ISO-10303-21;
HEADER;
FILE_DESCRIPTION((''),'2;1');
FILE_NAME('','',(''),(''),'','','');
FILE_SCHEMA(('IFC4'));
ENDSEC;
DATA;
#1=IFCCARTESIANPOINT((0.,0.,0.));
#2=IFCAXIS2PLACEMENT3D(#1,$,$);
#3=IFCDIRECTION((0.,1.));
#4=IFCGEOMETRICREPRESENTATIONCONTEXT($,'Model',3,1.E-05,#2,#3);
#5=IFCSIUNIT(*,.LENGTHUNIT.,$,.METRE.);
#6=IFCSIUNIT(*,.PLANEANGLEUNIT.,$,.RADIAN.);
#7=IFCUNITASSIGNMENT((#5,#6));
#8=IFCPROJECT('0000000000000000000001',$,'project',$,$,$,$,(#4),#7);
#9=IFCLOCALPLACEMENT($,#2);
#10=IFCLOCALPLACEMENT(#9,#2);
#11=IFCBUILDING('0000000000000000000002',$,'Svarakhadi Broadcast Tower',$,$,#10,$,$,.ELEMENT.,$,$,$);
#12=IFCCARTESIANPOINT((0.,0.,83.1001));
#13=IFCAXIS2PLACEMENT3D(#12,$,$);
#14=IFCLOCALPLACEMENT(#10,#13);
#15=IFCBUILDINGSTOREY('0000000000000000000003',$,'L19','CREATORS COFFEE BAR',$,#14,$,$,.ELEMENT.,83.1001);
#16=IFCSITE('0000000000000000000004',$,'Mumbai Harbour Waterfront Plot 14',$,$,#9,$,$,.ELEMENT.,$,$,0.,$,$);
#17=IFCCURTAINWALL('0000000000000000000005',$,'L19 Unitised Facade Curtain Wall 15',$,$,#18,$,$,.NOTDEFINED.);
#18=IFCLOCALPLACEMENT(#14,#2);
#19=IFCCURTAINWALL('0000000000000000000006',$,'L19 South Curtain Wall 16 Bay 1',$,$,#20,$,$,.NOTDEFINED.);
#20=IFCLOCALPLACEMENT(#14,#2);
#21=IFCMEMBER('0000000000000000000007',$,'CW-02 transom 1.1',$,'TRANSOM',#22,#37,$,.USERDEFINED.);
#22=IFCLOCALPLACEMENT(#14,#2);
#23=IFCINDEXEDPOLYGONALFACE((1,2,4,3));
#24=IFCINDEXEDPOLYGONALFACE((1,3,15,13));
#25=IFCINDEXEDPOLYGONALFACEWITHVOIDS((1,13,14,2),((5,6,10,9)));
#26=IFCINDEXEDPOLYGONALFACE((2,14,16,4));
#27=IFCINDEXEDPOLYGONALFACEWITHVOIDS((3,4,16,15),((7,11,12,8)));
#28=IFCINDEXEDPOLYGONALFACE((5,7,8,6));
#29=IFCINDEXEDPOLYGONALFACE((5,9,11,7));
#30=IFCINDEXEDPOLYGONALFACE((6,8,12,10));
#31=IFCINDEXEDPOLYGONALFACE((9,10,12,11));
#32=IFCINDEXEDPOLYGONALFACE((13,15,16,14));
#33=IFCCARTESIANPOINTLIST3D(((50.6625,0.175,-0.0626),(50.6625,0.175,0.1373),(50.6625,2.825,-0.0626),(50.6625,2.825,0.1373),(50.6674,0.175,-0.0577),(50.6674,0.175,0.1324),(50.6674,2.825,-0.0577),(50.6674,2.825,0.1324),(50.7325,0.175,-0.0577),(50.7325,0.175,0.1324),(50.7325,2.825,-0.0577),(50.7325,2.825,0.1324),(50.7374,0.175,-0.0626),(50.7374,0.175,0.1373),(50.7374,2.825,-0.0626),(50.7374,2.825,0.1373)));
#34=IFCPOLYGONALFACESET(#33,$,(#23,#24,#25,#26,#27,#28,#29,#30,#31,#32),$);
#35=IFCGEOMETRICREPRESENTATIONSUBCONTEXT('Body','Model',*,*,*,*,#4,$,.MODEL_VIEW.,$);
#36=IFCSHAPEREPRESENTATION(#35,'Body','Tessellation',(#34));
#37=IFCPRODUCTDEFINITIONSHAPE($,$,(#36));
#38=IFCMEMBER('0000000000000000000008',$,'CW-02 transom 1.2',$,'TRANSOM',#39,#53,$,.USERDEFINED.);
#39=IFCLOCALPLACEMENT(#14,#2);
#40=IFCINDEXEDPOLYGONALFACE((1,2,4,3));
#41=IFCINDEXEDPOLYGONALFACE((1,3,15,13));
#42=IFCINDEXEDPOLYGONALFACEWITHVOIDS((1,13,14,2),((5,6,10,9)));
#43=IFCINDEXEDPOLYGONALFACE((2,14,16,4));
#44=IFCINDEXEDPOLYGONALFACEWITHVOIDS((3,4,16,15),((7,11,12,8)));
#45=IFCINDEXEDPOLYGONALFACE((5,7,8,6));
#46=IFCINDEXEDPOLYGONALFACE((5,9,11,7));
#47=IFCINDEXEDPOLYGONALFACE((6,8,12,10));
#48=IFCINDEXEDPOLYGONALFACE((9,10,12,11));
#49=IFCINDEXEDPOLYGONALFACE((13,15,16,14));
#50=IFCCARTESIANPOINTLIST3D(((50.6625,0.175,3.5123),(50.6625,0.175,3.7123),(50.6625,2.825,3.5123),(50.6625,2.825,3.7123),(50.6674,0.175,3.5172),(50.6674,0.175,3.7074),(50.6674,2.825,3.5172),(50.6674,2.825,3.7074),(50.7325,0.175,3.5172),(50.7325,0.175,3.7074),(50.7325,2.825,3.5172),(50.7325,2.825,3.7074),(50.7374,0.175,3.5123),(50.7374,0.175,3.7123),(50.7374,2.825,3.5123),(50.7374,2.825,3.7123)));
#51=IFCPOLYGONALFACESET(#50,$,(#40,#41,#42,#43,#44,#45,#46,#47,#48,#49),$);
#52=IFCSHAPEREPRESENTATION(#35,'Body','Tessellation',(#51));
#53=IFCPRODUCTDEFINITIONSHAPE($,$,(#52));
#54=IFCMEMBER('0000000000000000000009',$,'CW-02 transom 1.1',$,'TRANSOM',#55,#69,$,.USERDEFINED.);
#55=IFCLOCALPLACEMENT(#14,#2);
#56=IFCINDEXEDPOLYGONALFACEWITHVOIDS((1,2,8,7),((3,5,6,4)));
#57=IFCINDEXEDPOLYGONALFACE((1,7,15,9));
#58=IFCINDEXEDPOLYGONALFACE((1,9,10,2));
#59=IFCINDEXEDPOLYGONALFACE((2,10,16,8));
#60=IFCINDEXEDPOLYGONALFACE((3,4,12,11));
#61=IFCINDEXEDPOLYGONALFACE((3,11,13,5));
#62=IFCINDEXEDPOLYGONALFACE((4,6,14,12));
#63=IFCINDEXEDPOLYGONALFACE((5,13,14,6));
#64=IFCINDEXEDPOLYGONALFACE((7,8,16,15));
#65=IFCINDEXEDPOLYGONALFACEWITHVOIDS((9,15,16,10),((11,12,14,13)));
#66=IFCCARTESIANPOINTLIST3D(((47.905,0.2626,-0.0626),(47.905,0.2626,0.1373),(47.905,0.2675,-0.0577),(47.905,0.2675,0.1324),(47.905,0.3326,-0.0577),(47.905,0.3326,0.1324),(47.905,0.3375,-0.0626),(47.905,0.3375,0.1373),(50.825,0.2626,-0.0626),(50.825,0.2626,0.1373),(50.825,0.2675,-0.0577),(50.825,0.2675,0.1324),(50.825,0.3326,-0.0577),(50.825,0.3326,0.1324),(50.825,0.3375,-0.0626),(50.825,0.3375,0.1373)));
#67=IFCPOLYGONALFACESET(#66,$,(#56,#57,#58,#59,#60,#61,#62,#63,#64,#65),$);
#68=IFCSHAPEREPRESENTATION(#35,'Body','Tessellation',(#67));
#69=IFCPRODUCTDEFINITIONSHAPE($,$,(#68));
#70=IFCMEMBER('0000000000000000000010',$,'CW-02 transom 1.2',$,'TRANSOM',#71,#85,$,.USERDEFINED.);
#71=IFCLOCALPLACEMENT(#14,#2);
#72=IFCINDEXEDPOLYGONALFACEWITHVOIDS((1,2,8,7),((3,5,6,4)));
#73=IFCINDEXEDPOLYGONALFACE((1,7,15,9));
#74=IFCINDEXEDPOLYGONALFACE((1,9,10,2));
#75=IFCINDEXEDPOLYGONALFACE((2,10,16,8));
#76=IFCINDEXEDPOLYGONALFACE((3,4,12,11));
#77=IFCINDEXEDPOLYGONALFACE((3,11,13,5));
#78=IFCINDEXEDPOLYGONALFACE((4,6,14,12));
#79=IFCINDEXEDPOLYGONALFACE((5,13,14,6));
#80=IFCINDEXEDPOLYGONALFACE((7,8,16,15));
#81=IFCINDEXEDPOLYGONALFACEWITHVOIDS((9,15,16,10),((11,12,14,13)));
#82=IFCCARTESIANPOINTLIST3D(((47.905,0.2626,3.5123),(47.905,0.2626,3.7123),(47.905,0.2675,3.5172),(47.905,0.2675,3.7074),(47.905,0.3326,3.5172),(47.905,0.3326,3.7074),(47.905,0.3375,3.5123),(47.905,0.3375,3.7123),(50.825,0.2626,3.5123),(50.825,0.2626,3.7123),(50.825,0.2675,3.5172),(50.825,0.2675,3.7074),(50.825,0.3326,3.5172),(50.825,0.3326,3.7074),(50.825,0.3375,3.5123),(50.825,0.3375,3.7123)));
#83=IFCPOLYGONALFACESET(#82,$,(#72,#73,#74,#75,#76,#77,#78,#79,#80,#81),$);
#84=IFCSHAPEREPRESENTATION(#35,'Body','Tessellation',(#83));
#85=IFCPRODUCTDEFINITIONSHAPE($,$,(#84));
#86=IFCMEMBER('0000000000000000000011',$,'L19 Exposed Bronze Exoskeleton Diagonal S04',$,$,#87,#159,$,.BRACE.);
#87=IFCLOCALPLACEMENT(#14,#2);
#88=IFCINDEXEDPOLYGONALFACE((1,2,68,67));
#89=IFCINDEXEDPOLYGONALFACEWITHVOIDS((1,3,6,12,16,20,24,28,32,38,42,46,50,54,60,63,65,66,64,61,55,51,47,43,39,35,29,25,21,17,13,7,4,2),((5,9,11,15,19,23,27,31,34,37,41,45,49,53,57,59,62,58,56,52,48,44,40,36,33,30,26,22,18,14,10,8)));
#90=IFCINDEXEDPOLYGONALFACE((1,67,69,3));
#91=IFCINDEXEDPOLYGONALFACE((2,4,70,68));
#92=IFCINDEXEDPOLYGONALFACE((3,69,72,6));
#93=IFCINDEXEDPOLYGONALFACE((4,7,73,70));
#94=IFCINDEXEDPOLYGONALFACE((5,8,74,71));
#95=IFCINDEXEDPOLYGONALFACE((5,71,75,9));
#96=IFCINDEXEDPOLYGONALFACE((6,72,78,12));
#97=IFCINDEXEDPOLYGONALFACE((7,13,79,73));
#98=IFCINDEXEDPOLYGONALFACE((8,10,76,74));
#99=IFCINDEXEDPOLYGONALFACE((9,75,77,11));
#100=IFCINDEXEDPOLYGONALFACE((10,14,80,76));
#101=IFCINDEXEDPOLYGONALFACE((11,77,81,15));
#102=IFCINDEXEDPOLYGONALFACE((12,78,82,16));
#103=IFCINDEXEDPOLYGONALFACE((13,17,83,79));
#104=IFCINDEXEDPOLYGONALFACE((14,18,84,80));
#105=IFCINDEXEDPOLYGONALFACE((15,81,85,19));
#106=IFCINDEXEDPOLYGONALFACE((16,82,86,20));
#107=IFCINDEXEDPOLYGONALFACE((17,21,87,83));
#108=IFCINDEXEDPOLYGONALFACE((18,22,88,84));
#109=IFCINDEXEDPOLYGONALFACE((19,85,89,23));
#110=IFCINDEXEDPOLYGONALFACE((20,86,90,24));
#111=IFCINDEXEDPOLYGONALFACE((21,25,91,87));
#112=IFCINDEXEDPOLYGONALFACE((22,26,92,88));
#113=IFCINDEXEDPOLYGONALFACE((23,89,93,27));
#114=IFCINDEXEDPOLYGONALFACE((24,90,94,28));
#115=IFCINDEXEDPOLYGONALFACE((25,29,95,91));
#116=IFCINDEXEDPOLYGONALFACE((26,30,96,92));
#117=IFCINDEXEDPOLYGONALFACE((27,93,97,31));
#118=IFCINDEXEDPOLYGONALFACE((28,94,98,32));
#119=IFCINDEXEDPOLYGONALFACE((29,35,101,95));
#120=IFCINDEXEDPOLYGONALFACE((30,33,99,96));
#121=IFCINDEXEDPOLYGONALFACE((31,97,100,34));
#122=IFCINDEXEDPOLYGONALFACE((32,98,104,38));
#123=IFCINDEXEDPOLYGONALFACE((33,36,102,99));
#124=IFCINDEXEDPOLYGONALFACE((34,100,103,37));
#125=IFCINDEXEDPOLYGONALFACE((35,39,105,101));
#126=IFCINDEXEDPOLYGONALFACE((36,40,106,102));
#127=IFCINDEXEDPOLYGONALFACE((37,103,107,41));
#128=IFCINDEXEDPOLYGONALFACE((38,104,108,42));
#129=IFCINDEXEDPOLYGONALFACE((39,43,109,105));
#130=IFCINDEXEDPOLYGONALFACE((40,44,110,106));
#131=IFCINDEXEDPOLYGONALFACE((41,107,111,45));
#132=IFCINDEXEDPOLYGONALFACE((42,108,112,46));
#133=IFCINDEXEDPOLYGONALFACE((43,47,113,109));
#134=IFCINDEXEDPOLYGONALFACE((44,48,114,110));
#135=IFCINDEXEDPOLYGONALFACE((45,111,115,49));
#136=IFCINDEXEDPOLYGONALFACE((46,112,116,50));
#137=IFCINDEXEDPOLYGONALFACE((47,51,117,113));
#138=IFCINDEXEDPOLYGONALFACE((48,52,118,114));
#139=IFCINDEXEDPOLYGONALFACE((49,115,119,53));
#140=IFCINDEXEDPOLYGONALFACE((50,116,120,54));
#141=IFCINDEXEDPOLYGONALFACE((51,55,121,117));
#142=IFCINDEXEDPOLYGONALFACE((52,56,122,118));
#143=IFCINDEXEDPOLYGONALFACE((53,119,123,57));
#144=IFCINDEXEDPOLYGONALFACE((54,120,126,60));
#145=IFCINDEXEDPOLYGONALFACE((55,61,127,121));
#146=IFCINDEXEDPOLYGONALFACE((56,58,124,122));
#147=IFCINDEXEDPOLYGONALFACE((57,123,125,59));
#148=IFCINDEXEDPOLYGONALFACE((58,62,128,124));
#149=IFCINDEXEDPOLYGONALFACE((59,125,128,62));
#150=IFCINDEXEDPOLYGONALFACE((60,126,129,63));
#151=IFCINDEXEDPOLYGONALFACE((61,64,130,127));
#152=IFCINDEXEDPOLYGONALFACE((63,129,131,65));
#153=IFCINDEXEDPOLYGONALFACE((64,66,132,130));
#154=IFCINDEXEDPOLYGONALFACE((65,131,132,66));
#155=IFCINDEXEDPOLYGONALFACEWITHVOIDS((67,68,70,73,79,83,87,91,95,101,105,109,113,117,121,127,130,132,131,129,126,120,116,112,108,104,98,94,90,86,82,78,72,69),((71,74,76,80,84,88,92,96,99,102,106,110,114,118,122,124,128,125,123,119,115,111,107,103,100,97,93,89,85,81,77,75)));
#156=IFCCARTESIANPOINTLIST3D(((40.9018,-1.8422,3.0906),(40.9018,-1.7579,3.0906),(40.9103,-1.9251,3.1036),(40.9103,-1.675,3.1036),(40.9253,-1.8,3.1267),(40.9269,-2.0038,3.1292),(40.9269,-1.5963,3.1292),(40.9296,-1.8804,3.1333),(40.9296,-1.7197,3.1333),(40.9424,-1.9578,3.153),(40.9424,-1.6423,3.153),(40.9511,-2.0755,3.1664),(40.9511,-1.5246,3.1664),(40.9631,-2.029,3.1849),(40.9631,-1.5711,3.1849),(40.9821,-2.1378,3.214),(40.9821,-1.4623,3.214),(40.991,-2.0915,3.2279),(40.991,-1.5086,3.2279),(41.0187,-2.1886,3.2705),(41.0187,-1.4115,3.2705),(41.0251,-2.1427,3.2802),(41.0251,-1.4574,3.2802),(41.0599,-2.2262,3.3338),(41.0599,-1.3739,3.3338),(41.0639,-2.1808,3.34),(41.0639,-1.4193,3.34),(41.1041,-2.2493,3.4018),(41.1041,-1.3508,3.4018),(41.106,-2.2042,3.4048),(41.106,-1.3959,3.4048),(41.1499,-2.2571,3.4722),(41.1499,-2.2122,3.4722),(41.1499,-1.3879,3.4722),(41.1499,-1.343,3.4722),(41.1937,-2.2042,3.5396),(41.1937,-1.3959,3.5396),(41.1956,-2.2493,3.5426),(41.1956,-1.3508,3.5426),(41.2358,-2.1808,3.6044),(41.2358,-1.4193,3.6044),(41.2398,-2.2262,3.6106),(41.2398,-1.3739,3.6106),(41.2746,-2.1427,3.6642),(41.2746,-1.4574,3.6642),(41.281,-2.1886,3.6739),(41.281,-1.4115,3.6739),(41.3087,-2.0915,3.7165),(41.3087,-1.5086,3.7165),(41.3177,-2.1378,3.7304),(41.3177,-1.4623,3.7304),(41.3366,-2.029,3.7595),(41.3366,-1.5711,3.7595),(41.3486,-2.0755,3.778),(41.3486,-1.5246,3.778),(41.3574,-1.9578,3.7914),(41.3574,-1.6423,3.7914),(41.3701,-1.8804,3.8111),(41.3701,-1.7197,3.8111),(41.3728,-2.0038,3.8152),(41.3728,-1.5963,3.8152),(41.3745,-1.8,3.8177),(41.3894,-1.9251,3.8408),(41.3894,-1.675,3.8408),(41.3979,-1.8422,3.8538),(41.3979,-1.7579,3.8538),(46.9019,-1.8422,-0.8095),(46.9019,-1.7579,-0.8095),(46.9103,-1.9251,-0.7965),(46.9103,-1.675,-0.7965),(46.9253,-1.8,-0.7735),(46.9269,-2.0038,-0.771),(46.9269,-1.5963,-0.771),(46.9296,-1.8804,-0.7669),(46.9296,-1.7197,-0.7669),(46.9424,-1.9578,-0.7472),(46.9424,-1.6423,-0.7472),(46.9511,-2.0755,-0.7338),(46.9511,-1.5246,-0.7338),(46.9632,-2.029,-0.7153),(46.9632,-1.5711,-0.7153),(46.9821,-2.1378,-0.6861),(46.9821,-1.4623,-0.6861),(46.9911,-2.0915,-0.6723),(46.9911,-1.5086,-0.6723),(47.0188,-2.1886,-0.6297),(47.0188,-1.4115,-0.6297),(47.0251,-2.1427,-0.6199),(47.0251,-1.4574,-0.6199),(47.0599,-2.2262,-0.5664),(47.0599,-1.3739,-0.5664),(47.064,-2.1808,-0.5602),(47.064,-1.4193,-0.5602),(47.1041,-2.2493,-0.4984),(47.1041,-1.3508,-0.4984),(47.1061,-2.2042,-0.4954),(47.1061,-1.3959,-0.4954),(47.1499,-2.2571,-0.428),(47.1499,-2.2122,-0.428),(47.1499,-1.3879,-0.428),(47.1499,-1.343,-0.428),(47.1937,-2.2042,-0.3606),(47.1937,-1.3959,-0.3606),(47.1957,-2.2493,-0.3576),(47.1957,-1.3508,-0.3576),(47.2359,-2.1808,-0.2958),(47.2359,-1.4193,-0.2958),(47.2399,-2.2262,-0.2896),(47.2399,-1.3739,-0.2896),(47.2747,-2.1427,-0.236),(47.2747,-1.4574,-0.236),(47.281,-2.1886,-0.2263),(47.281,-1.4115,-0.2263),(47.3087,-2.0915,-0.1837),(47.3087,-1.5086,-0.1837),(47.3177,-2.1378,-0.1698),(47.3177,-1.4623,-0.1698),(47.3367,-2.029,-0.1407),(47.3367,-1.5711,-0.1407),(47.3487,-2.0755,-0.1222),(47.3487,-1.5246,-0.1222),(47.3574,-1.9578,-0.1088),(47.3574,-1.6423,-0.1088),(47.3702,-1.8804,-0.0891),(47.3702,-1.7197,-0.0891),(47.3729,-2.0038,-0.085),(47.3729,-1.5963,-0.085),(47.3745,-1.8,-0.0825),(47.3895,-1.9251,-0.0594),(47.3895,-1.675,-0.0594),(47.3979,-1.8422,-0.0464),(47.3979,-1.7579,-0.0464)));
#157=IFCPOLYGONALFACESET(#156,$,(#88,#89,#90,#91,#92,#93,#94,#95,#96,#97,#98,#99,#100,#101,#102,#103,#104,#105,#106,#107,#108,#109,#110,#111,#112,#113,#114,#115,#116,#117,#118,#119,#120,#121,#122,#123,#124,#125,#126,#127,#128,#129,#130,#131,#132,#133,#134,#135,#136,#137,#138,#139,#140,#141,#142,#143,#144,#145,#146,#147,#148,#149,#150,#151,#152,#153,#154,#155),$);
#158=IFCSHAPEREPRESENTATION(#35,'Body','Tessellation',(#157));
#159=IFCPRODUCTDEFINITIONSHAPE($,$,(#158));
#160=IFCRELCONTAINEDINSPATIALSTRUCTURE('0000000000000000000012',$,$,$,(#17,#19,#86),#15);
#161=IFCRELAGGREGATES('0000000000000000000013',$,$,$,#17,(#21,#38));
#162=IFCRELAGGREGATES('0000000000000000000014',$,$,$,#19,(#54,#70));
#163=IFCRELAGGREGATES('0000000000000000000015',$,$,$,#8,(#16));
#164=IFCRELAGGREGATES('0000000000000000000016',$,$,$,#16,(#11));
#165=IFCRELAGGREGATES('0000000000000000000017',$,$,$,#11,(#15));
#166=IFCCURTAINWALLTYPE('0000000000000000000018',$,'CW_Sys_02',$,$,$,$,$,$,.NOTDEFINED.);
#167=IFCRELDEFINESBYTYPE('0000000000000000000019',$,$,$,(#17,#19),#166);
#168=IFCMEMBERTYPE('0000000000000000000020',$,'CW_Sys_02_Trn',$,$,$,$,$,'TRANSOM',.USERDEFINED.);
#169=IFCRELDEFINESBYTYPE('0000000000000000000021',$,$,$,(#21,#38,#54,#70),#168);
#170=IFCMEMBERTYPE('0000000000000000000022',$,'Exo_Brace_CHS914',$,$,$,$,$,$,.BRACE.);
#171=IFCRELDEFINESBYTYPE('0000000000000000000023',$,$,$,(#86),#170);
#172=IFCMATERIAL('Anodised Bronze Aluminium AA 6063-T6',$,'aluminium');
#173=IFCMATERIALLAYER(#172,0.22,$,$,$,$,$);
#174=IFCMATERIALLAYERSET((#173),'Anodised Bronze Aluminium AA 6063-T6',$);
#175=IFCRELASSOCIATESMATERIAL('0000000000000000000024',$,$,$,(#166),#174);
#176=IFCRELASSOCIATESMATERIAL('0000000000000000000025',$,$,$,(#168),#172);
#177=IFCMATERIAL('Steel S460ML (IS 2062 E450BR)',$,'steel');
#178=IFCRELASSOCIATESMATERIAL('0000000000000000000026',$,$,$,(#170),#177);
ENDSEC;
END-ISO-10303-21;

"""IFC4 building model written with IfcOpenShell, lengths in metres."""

from ifc_helpers import new_model, si_unit, direction, frame, origin, origin_2d, place, context, subcontext, project, spatial, hollow_rectangle, hollow_circle, extrude, material, layer, layer_set, material_profile, profile_set, type_object, element, aggregate, save


model = new_model("IFC4")

# Units and contexts
model_context = context("Model", 3, precision=1e-05, world=origin(), true_north=direction((0.0, 1.0)))
body_context = subcontext(model_context, "Body", "Model", "MODEL_VIEW")
ifc_project = project(units=[si_unit("LENGTHUNIT", "METRE"), si_unit("PLANEANGLEUNIT", "RADIAN")], contexts=[model_context])

# Site, building, storey
site_placement = place(None, origin())
site = spatial("IfcSite", under=ifc_project, at=site_placement, Name="Mumbai Harbour Waterfront Plot 14", CompositionType="ELEMENT", RefElevation=0.0)
building_placement = place(site_placement, origin())
building = spatial("IfcBuilding", under=site, at=building_placement, Name="Svarakhadi Broadcast Tower", CompositionType="ELEMENT")
storey_placement = place(building_placement, frame((0.0, 0.0, 83.1001)))
storey = spatial("IfcBuildingStorey", under=building, at=storey_placement, Name="L19", Description="CREATORS COFFEE BAR", CompositionType="ELEMENT", Elevation=83.1001)

# Shared definitions
ifc_material_1 = material(Name="Steel S460ML (IS 2062 E450BR)", Category="steel")

# Curtain walls
ifc_material_2 = material(Name="Anodised Bronze Aluminium AA 6063-T6", Category="aluminium")
ifc_layer_1 = layer(ifc_material_2, 0.22)
ifc_layer_set_1 = layer_set([ifc_layer_1], Name="Anodised Bronze Aluminium AA 6063-T6")
curtain_wall_type = type_object("IfcCurtainWallType", Name="CW_Sys_02", PredefinedType="NOTDEFINED", material=ifc_layer_set_1)
curtain_wall_1_placement = place(storey_placement, origin())
curtain_wall_1 = element("IfcCurtainWall", 1, at=curtain_wall_1_placement, inside=storey, type_object=curtain_wall_type, Name="L19 Unitised Facade Curtain Wall 15", PredefinedType="NOTDEFINED")
curtain_wall_2_placement = place(storey_placement, origin())
curtain_wall_2 = element("IfcCurtainWall", 2, at=curtain_wall_2_placement, inside=storey, type_object=curtain_wall_type, Name="L19 South Curtain Wall 16 Bay 1", PredefinedType="NOTDEFINED")

# Members
ifc_material_profile_1 = material_profile(ifc_material_2, hollow_rectangle(XDim=0.075, YDim=0.2, WallThickness=0.0049, at=origin_2d()), Name="ALU TRANSOM 200x75x5")
ifc_profile_set_1 = profile_set([ifc_material_profile_1], Name="Anodised Bronze Aluminium AA 6063-T6")
member_type_1 = type_object("IfcMemberType", Name="CW_Sys_02_Trn", ElementType="TRANSOM", PredefinedType="USERDEFINED", material=ifc_profile_set_1)
member_1_placement = place(storey_placement, frame((50.7, 2.825, 0.0374), z_axis=(0.0, -1.0, 0.0), x_axis=(1.0, 0.0, 0.0)))
member_1 = element("IfcMember", 3, at=member_1_placement, type_object=member_type_1, Name="CW-02 transom 1.1", ObjectType="TRANSOM", PredefinedType="USERDEFINED", context=body_context, shape_type="SweptSolid", body=[
    extrude(hollow_rectangle(XDim=0.075, YDim=0.2, WallThickness=0.0049, at=origin_2d()), origin(), (0.0, 0.0, 1.0), 2.6499),
])
member_2_placement = place(storey_placement, frame((50.7, 2.825, 3.6123), z_axis=(0.0, -1.0, 0.0), x_axis=(1.0, 0.0, 0.0)))
member_2 = element("IfcMember", 4, at=member_2_placement, type_object=member_type_1, Name="CW-02 transom 1.2", ObjectType="TRANSOM", PredefinedType="USERDEFINED", context=body_context, shape_type="SweptSolid", body=[
    extrude(hollow_rectangle(XDim=0.075, YDim=0.2, WallThickness=0.0049, at=origin_2d()), origin(), (0.0, 0.0, 1.0), 2.6499),
])
member_3_placement = place(storey_placement, frame((50.825, 0.3, 0.0374), z_axis=(-1.0, 0.0, 0.0), x_axis=(0.0, -1.0, 0.0)))
member_3 = element("IfcMember", 5, at=member_3_placement, type_object=member_type_1, Name="CW-02 transom 1.1", ObjectType="TRANSOM", PredefinedType="USERDEFINED", context=body_context, shape_type="SweptSolid", body=[
    extrude(hollow_rectangle(XDim=0.075, YDim=0.2, WallThickness=0.0049, at=origin_2d()), origin(), (0.0, 0.0, 1.0), 2.9199),
])
member_4_placement = place(storey_placement, frame((50.825, 0.3, 3.6123), z_axis=(-1.0, 0.0, 0.0), x_axis=(0.0, -1.0, 0.0)))
member_4 = element("IfcMember", 6, at=member_4_placement, type_object=member_type_1, Name="CW-02 transom 1.2", ObjectType="TRANSOM", PredefinedType="USERDEFINED", context=body_context, shape_type="SweptSolid", body=[
    extrude(hollow_rectangle(XDim=0.075, YDim=0.2, WallThickness=0.0049, at=origin_2d()), origin(), (0.0, 0.0, 1.0), 2.9199),
])
ifc_material_profile_2 = material_profile(ifc_material_1, hollow_circle(Radius=0.457, WallThickness=0.0449, at=origin_2d()), Name="CHS 914x45")
ifc_profile_set_2 = profile_set([ifc_material_profile_2], Name="Steel S460ML (IS 2062 E450BR)")
member_type_2 = type_object("IfcMemberType", Name="Exo_Brace_CHS914", PredefinedType="BRACE", material=ifc_profile_set_2)
member_5_placement = place(storey_placement, frame((47.1499, -1.8, -0.428), z_axis=(-0.838434, 0.0, 0.545003), x_axis=(0.0, -1.0, 0.0)))
element("IfcMember", 7, at=member_5_placement, inside=storey, type_object=member_type_2, Name="L19 Exposed Bronze Exoskeleton Diagonal S04", PredefinedType="BRACE", context=body_context, shape_type="SweptSolid", body=[
    extrude(hollow_circle(Radius=0.457, WallThickness=0.0449, at=origin_2d()), origin(), (0.0, 0.0, 1.0), 7.1562),
])

aggregate(curtain_wall_1, [member_1, member_2])
aggregate(curtain_wall_2, [member_3, member_4])

save(model, "model.ifc")
